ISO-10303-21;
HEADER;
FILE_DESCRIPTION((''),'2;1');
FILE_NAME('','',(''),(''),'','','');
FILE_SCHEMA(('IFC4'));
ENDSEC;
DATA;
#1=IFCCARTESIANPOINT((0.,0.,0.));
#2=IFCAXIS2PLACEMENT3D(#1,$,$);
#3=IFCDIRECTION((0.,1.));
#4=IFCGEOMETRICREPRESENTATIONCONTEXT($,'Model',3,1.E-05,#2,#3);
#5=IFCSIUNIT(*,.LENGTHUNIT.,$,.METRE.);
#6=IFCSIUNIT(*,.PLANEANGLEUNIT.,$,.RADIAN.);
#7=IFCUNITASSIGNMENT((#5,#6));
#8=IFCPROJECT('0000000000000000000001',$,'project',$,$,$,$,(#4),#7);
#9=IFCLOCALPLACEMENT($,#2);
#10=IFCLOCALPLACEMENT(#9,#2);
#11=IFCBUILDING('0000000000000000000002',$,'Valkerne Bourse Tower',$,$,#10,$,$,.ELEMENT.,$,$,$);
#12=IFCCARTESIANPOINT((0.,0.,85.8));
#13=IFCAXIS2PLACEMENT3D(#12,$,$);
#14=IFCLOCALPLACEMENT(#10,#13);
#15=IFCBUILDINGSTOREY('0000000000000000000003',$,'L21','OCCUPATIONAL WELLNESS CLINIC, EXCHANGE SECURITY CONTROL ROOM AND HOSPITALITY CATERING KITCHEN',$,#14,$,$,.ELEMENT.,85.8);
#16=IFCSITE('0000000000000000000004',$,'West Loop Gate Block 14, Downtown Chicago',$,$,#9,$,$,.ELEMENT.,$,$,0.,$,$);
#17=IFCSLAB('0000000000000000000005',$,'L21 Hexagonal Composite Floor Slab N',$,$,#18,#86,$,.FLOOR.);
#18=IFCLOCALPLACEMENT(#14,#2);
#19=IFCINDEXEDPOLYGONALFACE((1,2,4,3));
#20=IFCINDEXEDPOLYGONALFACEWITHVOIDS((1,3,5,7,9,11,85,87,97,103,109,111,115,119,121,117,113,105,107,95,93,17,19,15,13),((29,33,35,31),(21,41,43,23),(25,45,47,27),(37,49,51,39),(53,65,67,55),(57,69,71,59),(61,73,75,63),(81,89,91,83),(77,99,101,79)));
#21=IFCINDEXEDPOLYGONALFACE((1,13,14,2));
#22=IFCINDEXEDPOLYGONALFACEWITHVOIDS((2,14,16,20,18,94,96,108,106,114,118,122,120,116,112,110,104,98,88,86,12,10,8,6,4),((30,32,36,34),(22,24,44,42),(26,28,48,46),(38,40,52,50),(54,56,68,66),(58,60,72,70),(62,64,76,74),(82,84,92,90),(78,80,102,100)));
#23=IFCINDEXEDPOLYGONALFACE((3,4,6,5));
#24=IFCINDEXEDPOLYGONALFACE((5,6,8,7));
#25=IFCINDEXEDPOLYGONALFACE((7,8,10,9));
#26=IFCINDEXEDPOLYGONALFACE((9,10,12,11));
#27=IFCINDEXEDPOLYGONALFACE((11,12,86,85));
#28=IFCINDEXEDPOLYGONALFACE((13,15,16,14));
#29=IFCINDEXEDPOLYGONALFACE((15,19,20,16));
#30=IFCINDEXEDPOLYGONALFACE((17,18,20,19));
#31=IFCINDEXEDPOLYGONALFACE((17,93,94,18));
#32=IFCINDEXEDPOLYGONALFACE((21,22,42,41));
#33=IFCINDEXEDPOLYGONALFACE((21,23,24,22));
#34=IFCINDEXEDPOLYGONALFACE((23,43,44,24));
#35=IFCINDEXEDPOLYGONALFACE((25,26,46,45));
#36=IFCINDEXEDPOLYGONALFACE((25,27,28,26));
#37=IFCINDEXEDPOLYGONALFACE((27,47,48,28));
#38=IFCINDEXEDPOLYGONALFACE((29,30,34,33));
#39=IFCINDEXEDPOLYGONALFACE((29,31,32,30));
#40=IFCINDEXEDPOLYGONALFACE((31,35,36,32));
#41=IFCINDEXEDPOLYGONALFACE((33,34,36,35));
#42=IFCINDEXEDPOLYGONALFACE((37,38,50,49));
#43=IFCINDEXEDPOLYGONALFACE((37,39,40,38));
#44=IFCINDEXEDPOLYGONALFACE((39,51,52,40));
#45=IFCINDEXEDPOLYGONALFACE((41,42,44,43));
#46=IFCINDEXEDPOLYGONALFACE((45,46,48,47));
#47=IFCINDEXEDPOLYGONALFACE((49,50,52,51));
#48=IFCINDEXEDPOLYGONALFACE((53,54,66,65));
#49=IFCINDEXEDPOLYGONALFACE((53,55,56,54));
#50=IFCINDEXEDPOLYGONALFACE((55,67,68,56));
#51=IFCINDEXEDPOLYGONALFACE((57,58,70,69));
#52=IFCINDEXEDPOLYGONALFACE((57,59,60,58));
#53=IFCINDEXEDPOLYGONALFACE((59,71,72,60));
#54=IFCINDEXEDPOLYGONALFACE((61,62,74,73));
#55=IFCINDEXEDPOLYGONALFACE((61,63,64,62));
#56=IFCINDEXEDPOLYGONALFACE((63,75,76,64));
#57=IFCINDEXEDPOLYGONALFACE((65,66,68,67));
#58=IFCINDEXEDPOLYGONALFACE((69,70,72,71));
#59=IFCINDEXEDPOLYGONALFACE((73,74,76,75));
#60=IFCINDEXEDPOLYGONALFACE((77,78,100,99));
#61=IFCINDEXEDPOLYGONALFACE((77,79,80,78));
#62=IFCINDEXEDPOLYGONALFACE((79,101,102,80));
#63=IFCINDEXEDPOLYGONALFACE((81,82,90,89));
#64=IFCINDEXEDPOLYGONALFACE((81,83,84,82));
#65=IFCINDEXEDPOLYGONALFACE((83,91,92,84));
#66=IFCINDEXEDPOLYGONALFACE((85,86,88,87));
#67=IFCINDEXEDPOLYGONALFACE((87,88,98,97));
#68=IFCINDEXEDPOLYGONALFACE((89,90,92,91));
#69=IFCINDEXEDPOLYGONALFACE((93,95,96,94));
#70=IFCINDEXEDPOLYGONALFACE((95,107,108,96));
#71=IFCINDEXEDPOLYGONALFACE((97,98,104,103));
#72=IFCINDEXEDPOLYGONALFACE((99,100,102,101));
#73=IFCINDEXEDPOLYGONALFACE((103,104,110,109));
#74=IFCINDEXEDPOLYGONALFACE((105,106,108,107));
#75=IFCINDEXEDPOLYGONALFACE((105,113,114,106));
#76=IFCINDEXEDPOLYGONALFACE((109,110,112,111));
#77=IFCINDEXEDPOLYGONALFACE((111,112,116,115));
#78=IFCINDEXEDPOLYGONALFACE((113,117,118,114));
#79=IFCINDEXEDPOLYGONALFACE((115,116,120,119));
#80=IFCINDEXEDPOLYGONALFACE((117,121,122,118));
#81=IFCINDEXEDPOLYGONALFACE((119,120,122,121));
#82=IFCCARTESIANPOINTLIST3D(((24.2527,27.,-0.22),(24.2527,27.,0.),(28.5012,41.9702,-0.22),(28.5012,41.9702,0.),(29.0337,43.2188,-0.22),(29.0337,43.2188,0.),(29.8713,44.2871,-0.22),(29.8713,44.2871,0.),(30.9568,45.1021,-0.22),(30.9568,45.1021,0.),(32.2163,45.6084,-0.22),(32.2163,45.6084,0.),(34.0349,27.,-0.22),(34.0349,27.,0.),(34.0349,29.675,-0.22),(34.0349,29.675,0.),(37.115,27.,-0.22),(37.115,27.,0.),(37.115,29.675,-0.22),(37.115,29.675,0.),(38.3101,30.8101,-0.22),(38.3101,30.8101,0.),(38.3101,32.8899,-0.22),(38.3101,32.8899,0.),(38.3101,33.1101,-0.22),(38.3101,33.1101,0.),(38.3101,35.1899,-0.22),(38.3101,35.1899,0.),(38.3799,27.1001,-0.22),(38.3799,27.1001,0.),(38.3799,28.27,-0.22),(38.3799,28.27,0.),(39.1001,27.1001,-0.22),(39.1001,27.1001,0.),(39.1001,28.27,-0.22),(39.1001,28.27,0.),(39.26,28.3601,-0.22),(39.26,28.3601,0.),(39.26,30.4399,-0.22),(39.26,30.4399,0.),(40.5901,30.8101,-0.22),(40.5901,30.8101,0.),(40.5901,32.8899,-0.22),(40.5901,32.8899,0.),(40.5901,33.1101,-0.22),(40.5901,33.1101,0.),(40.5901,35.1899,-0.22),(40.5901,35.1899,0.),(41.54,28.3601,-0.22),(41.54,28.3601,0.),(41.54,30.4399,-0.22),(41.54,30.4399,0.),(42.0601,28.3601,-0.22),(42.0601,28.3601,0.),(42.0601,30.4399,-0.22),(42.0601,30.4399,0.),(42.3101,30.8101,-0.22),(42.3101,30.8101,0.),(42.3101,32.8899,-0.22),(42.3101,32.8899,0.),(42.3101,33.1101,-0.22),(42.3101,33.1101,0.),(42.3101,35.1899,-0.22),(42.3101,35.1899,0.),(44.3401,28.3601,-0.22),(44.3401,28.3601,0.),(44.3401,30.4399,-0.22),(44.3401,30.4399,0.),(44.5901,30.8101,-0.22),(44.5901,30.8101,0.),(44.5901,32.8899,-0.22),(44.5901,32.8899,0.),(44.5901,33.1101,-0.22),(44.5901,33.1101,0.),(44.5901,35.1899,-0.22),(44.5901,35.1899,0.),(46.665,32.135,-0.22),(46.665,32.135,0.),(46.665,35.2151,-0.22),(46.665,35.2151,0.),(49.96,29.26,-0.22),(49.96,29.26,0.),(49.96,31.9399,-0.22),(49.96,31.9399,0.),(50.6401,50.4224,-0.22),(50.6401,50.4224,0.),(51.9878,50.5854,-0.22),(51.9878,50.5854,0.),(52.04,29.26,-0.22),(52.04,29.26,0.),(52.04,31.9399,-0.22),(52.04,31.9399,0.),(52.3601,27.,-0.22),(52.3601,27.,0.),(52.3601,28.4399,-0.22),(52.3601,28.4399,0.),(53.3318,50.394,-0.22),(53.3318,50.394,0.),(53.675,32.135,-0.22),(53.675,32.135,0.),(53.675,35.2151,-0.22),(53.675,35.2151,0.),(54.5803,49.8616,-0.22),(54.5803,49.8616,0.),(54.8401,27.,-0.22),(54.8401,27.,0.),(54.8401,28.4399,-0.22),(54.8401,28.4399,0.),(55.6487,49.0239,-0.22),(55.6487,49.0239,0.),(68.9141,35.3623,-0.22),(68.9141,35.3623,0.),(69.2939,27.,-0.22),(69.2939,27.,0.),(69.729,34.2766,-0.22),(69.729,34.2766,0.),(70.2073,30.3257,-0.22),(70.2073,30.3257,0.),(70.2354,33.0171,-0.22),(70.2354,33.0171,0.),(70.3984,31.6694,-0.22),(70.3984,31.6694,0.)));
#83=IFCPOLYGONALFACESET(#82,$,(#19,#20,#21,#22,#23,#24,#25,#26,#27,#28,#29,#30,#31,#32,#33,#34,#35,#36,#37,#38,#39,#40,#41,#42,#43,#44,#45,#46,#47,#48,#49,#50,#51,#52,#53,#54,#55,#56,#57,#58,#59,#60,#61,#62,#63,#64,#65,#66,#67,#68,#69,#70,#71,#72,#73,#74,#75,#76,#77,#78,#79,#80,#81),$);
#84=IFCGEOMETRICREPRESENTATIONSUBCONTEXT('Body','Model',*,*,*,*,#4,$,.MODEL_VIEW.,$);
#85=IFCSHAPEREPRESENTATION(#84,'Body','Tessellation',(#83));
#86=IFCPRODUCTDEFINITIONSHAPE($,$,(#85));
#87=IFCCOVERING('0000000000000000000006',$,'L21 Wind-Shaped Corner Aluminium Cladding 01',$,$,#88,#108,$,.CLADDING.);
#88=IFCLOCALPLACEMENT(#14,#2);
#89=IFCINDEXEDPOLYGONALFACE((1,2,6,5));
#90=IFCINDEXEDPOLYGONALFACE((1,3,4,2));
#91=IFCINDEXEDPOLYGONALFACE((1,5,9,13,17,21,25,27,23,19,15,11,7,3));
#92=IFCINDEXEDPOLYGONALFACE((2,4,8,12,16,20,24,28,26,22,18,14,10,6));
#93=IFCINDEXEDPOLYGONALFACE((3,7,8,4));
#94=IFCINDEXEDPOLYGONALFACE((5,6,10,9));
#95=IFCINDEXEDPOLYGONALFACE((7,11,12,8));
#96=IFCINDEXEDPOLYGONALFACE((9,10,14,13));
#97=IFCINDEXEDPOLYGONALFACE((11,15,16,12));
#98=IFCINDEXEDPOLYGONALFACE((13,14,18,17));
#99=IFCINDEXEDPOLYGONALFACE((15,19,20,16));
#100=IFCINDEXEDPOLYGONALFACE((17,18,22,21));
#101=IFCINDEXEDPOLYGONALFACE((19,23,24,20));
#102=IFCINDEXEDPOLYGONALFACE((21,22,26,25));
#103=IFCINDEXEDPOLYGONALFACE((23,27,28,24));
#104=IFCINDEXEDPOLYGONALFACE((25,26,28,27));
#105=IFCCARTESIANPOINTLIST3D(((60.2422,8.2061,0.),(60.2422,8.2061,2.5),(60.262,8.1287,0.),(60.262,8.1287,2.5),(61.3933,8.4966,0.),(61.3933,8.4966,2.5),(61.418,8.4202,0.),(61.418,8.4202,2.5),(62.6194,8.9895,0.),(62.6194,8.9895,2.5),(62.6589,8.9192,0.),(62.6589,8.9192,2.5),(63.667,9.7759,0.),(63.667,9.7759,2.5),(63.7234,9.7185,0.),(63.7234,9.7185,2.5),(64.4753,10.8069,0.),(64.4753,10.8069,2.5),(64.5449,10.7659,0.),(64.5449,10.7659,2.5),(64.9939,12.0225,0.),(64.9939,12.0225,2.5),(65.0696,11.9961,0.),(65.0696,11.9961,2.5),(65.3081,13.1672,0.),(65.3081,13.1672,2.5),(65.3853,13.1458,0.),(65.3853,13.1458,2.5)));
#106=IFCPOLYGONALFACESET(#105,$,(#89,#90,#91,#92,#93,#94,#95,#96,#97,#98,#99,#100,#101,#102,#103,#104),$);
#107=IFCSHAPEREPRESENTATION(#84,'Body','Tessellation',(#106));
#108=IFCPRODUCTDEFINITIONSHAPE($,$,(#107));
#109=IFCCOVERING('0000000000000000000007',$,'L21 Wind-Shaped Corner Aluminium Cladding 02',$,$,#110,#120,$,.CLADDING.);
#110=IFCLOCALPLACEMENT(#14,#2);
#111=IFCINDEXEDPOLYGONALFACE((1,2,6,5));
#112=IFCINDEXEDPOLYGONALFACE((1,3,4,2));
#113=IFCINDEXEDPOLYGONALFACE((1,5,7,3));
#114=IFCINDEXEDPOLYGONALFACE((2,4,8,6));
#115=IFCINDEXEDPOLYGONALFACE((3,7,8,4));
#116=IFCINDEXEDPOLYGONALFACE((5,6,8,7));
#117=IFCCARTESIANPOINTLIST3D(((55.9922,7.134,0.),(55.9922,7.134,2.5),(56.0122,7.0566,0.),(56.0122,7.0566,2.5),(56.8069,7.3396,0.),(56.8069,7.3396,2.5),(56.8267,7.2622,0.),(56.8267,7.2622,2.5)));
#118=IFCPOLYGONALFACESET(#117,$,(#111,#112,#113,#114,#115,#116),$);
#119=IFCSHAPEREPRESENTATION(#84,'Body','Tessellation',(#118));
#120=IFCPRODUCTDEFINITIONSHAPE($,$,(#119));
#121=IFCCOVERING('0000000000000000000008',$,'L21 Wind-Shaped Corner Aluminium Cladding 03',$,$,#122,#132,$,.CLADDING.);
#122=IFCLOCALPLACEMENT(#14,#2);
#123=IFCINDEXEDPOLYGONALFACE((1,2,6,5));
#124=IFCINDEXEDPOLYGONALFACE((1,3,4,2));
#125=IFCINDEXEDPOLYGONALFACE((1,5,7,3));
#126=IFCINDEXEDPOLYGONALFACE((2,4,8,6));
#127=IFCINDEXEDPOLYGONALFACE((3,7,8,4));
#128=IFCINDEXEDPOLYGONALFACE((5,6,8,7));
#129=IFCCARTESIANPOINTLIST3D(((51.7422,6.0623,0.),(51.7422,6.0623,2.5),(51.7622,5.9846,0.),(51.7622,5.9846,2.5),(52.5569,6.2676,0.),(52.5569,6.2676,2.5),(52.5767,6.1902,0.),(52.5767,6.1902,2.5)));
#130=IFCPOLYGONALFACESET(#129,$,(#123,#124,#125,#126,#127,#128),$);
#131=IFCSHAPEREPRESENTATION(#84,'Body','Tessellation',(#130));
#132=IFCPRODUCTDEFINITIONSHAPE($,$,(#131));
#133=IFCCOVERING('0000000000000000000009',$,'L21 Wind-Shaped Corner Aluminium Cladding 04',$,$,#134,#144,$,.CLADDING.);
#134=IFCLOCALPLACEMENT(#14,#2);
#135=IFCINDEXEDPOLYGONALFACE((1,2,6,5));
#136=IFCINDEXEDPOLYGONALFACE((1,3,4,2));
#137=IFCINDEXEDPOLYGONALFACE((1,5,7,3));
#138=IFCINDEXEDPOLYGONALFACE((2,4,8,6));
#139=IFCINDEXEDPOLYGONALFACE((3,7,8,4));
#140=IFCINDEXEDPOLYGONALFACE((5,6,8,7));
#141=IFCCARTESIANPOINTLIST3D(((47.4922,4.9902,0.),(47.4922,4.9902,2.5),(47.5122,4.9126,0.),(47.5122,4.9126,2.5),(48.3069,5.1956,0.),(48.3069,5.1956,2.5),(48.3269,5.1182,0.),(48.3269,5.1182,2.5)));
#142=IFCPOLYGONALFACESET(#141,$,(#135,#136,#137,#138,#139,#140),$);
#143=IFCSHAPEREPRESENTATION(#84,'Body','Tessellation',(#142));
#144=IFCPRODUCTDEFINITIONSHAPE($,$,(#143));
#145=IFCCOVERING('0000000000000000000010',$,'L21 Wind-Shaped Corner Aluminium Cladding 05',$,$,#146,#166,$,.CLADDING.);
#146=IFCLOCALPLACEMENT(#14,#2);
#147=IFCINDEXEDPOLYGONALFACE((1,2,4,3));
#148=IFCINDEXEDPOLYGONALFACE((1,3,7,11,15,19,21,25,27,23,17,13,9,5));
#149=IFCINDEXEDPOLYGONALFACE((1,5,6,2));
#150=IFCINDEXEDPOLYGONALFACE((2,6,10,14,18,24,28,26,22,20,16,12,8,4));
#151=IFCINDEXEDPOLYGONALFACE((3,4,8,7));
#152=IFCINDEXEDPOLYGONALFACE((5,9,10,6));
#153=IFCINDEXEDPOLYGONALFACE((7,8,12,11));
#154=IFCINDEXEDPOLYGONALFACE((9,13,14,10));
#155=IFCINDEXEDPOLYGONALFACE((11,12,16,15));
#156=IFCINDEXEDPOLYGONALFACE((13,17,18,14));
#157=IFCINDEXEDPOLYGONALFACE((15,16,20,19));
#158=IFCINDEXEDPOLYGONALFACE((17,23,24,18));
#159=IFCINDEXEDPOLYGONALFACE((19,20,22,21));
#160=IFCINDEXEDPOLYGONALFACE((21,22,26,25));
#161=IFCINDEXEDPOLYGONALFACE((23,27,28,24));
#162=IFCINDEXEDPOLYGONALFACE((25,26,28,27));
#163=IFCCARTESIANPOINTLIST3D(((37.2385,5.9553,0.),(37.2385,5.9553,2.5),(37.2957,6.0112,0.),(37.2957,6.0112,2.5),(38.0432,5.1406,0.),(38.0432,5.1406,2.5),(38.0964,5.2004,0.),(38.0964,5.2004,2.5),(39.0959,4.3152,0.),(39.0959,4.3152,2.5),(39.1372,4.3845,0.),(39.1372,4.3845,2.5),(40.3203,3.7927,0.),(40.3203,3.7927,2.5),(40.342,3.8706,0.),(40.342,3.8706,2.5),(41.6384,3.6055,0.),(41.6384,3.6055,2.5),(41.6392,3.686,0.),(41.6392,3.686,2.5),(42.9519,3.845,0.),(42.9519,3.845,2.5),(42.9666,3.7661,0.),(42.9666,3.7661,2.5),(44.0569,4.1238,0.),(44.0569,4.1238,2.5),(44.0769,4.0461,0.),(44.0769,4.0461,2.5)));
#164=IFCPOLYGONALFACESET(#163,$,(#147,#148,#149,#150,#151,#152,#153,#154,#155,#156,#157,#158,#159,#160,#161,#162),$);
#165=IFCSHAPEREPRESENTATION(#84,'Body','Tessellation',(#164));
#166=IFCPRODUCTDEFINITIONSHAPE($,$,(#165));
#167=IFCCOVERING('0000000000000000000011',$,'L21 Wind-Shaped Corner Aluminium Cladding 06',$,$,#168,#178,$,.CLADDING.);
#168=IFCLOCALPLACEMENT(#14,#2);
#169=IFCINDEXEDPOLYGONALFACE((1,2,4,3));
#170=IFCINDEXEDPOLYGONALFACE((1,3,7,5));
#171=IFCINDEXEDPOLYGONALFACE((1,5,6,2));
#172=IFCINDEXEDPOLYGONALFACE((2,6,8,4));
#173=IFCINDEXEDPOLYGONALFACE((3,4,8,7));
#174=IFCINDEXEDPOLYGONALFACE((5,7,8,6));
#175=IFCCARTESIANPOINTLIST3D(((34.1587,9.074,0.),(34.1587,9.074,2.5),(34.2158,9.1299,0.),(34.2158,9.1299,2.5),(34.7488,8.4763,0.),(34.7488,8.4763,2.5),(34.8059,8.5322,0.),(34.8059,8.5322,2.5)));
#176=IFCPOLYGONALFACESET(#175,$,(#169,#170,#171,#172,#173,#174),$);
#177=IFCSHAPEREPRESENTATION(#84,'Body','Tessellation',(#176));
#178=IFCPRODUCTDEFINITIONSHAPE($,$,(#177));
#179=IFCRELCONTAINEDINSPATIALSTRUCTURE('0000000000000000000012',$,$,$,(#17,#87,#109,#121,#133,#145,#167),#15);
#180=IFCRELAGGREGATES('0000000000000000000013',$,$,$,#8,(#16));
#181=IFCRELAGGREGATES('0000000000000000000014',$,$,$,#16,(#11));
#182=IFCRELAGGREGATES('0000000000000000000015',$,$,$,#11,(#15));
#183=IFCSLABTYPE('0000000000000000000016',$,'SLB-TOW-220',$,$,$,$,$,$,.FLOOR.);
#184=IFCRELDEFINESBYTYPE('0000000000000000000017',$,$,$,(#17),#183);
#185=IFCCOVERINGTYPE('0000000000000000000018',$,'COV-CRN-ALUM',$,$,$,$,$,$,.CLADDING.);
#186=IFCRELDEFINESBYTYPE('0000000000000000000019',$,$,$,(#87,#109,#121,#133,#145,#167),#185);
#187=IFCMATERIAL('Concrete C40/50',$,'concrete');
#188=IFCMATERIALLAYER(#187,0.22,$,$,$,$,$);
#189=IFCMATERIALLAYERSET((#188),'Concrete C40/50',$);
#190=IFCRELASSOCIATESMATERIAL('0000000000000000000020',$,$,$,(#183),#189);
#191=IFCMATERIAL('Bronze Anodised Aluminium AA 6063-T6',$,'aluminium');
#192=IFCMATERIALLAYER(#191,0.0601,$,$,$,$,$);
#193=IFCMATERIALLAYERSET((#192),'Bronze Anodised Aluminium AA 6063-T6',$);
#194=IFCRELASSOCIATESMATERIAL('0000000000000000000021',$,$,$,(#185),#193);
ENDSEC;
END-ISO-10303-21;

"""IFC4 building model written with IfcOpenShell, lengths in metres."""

from ifc_helpers import new_model, si_unit, direction, frame, origin, place, context, subcontext, project, spatial, polyline, outline, extrude, material, layer, layer_set, type_object, element, save


model = new_model("IFC4")

# Units and contexts
model_context = context("Model", 3, precision=1e-05, world=origin(), true_north=direction((0.0, 1.0)))
body_context = subcontext(model_context, "Body", "Model", "MODEL_VIEW")
ifc_project = project(units=[si_unit("LENGTHUNIT", "METRE"), si_unit("PLANEANGLEUNIT", "RADIAN")], contexts=[model_context])

# Site, building, storey
site_placement = place(None, origin())
site = spatial("IfcSite", under=ifc_project, at=site_placement, Name="West Loop Gate Block 14, Downtown Chicago", CompositionType="ELEMENT", RefElevation=0.0)
building_placement = place(site_placement, origin())
building = spatial("IfcBuilding", under=site, at=building_placement, Name="Valkerne Bourse Tower", CompositionType="ELEMENT")
storey_placement = place(building_placement, frame((0.0, 0.0, 85.8)))
storey = spatial("IfcBuildingStorey", under=building, at=storey_placement, Name="L21", Description="OCCUPATIONAL WELLNESS CLINIC, EXCHANGE SECURITY CONTROL ROOM AND HOSPITALITY CATERING KITCHEN", CompositionType="ELEMENT", Elevation=85.8)

# Slab
ifc_material_1 = material(Name="Concrete C40/50", Category="concrete")
ifc_layer_1 = layer(ifc_material_1, 0.22)
ifc_layer_set_1 = layer_set([ifc_layer_1], Name="Concrete C40/50")
slab_type_1 = type_object("IfcSlabType", Name="SLB-TOW-220", PredefinedType="FLOOR", material=ifc_layer_set_1)
slab_1_placement = place(storey_placement, frame((0.0, 0.0, -0.22)))
element("IfcSlab", 1, at=slab_1_placement, inside=storey, type_object=slab_type_1, Name="L21 Hexagonal Composite Floor Slab N", PredefinedType="FLOOR", context=body_context, shape_type="SweptSolid", body=[
    extrude(outline(polyline([(28.5012, 41.9702), (29.0337, 43.2188), (29.8713, 44.2871), (30.9568, 45.1021), (32.2163, 45.6084), (50.6401, 50.4224), (51.9878, 50.5854), (53.3318, 50.394), (54.5803, 49.8616), (55.6487, 49.0239), (68.9141, 35.3623), (69.729, 34.2766), (70.2354, 33.0171), (70.3984, 31.6694), (70.2073, 30.3257), (69.2939, 27.0), (54.8401, 27.0), (54.8401, 28.4399), (52.3601, 28.4399), (52.3601, 27.0), (37.115, 27.0), (37.115, 29.675), (34.0349, 29.675), (34.0349, 27.0), (24.2527, 27.0), (28.5012, 41.9702)]), holes=[polyline([(39.1001, 28.27), (38.3799, 28.27), (38.3799, 27.1001), (39.1001, 27.1001), (39.1001, 28.27)]), polyline([(41.54, 30.4399), (39.26, 30.4399), (39.26, 28.3601), (41.54, 28.3601), (41.54, 30.4399)]), polyline([(44.3401, 30.4399), (42.0601, 30.4399), (42.0601, 28.3601), (44.3401, 28.3601), (44.3401, 30.4399)]), polyline([(40.5901, 30.8101), (40.5901, 32.8899), (38.3101, 32.8899), (38.3101, 30.8101), (40.5901, 30.8101)]), polyline([(40.5901, 33.1101), (40.5901, 35.1899), (38.3101, 35.1899), (38.3101, 33.1101), (40.5901, 33.1101)]), polyline([(52.04, 31.9399), (49.96, 31.9399), (49.96, 29.26), (52.04, 29.26), (52.04, 31.9399)]), polyline([(44.5901, 32.8899), (42.3101, 32.8899), (42.3101, 30.8101), (44.5901, 30.8101), (44.5901, 32.8899)]), polyline([(53.675, 32.135), (53.675, 35.2151), (46.665, 35.2151), (46.665, 32.135), (53.675, 32.135)]), polyline([(44.5901, 33.1101), (44.5901, 35.1899), (42.3101, 35.1899), (42.3101, 33.1101), (44.5901, 33.1101)])]), origin(), (0.0, 0.0, 1.0), 0.22),
])

# Coverings
ifc_material_2 = material(Name="Bronze Anodised Aluminium AA 6063-T6", Category="aluminium")
ifc_layer_2 = layer(ifc_material_2, 0.0601)
ifc_layer_set_2 = layer_set([ifc_layer_2], Name="Bronze Anodised Aluminium AA 6063-T6")
covering_type = type_object("IfcCoveringType", Name="COV-CRN-ALUM", PredefinedType="CLADDING", material=ifc_layer_set_2)
covering_1_placement = place(storey_placement, origin())
element("IfcCovering", 2, at=covering_1_placement, inside=storey, type_object=covering_type, Name="L21 Wind-Shaped Corner Aluminium Cladding 01", PredefinedType="CLADDING", context=body_context, shape_type="SweptSolid", body=[
    extrude(outline(polyline([(64.5449, 10.7659), (63.7234, 9.7185), (62.6589, 8.9192), (61.418, 8.4202), (60.262, 8.1287), (60.2422, 8.2061), (61.3933, 8.4966), (62.6194, 8.9895), (63.667, 9.7759), (64.4753, 10.8069), (64.9939, 12.0225), (65.3081, 13.1672), (65.3853, 13.1458), (65.0696, 11.9961), (64.5449, 10.7659)])), origin(), (0.0, 0.0, 1.0), 2.5),
])
covering_2_placement = place(storey_placement, origin())
element("IfcCovering", 3, at=covering_2_placement, inside=storey, type_object=covering_type, Name="L21 Wind-Shaped Corner Aluminium Cladding 02", PredefinedType="CLADDING", context=body_context, shape_type="SweptSolid", body=[
    extrude(outline(polyline([(56.0122, 7.0566), (55.9922, 7.134), (56.8069, 7.3396), (56.8267, 7.2622), (56.0122, 7.0566)])), origin(), (0.0, 0.0, 1.0), 2.5),
])
covering_3_placement = place(storey_placement, origin())
element("IfcCovering", 4, at=covering_3_placement, inside=storey, type_object=covering_type, Name="L21 Wind-Shaped Corner Aluminium Cladding 03", PredefinedType="CLADDING", context=body_context, shape_type="SweptSolid", body=[
    extrude(outline(polyline([(51.7622, 5.9846), (51.7422, 6.0623), (52.5569, 6.2676), (52.5767, 6.1902), (51.7622, 5.9846)])), origin(), (0.0, 0.0, 1.0), 2.5),
])
covering_4_placement = place(storey_placement, origin())
element("IfcCovering", 5, at=covering_4_placement, inside=storey, type_object=covering_type, Name="L21 Wind-Shaped Corner Aluminium Cladding 04", PredefinedType="CLADDING", context=body_context, shape_type="SweptSolid", body=[
    extrude(outline(polyline([(47.5122, 4.9126), (47.4922, 4.9902), (48.3069, 5.1956), (48.3269, 5.1182), (47.5122, 4.9126)])), origin(), (0.0, 0.0, 1.0), 2.5),
])
covering_5_placement = place(storey_placement, origin())
element("IfcCovering", 6, at=covering_5_placement, inside=storey, type_object=covering_type, Name="L21 Wind-Shaped Corner Aluminium Cladding 05", PredefinedType="CLADDING", context=body_context, shape_type="SweptSolid", body=[
    extrude(outline(polyline([(42.9666, 3.7661), (41.6384, 3.6055), (40.3203, 3.7927), (39.0959, 4.3152), (38.0432, 5.1406), (37.2385, 5.9553), (37.2957, 6.0112), (38.0964, 5.2004), (39.1372, 4.3845), (40.342, 3.8706), (41.6392, 3.686), (42.9519, 3.845), (44.0569, 4.1238), (44.0769, 4.0461), (42.9666, 3.7661)])), origin(), (0.0, 0.0, 1.0), 2.5),
])
covering_6_placement = place(storey_placement, origin())
element("IfcCovering", 7, at=covering_6_placement, inside=storey, type_object=covering_type, Name="L21 Wind-Shaped Corner Aluminium Cladding 06", PredefinedType="CLADDING", context=body_context, shape_type="SweptSolid", body=[
    extrude(outline(polyline([(34.1587, 9.074), (34.2158, 9.1299), (34.8059, 8.5322), (34.7488, 8.4763), (34.1587, 9.074)])), origin(), (0.0, 0.0, 1.0), 2.5),
])

save(model, "model.ifc")
